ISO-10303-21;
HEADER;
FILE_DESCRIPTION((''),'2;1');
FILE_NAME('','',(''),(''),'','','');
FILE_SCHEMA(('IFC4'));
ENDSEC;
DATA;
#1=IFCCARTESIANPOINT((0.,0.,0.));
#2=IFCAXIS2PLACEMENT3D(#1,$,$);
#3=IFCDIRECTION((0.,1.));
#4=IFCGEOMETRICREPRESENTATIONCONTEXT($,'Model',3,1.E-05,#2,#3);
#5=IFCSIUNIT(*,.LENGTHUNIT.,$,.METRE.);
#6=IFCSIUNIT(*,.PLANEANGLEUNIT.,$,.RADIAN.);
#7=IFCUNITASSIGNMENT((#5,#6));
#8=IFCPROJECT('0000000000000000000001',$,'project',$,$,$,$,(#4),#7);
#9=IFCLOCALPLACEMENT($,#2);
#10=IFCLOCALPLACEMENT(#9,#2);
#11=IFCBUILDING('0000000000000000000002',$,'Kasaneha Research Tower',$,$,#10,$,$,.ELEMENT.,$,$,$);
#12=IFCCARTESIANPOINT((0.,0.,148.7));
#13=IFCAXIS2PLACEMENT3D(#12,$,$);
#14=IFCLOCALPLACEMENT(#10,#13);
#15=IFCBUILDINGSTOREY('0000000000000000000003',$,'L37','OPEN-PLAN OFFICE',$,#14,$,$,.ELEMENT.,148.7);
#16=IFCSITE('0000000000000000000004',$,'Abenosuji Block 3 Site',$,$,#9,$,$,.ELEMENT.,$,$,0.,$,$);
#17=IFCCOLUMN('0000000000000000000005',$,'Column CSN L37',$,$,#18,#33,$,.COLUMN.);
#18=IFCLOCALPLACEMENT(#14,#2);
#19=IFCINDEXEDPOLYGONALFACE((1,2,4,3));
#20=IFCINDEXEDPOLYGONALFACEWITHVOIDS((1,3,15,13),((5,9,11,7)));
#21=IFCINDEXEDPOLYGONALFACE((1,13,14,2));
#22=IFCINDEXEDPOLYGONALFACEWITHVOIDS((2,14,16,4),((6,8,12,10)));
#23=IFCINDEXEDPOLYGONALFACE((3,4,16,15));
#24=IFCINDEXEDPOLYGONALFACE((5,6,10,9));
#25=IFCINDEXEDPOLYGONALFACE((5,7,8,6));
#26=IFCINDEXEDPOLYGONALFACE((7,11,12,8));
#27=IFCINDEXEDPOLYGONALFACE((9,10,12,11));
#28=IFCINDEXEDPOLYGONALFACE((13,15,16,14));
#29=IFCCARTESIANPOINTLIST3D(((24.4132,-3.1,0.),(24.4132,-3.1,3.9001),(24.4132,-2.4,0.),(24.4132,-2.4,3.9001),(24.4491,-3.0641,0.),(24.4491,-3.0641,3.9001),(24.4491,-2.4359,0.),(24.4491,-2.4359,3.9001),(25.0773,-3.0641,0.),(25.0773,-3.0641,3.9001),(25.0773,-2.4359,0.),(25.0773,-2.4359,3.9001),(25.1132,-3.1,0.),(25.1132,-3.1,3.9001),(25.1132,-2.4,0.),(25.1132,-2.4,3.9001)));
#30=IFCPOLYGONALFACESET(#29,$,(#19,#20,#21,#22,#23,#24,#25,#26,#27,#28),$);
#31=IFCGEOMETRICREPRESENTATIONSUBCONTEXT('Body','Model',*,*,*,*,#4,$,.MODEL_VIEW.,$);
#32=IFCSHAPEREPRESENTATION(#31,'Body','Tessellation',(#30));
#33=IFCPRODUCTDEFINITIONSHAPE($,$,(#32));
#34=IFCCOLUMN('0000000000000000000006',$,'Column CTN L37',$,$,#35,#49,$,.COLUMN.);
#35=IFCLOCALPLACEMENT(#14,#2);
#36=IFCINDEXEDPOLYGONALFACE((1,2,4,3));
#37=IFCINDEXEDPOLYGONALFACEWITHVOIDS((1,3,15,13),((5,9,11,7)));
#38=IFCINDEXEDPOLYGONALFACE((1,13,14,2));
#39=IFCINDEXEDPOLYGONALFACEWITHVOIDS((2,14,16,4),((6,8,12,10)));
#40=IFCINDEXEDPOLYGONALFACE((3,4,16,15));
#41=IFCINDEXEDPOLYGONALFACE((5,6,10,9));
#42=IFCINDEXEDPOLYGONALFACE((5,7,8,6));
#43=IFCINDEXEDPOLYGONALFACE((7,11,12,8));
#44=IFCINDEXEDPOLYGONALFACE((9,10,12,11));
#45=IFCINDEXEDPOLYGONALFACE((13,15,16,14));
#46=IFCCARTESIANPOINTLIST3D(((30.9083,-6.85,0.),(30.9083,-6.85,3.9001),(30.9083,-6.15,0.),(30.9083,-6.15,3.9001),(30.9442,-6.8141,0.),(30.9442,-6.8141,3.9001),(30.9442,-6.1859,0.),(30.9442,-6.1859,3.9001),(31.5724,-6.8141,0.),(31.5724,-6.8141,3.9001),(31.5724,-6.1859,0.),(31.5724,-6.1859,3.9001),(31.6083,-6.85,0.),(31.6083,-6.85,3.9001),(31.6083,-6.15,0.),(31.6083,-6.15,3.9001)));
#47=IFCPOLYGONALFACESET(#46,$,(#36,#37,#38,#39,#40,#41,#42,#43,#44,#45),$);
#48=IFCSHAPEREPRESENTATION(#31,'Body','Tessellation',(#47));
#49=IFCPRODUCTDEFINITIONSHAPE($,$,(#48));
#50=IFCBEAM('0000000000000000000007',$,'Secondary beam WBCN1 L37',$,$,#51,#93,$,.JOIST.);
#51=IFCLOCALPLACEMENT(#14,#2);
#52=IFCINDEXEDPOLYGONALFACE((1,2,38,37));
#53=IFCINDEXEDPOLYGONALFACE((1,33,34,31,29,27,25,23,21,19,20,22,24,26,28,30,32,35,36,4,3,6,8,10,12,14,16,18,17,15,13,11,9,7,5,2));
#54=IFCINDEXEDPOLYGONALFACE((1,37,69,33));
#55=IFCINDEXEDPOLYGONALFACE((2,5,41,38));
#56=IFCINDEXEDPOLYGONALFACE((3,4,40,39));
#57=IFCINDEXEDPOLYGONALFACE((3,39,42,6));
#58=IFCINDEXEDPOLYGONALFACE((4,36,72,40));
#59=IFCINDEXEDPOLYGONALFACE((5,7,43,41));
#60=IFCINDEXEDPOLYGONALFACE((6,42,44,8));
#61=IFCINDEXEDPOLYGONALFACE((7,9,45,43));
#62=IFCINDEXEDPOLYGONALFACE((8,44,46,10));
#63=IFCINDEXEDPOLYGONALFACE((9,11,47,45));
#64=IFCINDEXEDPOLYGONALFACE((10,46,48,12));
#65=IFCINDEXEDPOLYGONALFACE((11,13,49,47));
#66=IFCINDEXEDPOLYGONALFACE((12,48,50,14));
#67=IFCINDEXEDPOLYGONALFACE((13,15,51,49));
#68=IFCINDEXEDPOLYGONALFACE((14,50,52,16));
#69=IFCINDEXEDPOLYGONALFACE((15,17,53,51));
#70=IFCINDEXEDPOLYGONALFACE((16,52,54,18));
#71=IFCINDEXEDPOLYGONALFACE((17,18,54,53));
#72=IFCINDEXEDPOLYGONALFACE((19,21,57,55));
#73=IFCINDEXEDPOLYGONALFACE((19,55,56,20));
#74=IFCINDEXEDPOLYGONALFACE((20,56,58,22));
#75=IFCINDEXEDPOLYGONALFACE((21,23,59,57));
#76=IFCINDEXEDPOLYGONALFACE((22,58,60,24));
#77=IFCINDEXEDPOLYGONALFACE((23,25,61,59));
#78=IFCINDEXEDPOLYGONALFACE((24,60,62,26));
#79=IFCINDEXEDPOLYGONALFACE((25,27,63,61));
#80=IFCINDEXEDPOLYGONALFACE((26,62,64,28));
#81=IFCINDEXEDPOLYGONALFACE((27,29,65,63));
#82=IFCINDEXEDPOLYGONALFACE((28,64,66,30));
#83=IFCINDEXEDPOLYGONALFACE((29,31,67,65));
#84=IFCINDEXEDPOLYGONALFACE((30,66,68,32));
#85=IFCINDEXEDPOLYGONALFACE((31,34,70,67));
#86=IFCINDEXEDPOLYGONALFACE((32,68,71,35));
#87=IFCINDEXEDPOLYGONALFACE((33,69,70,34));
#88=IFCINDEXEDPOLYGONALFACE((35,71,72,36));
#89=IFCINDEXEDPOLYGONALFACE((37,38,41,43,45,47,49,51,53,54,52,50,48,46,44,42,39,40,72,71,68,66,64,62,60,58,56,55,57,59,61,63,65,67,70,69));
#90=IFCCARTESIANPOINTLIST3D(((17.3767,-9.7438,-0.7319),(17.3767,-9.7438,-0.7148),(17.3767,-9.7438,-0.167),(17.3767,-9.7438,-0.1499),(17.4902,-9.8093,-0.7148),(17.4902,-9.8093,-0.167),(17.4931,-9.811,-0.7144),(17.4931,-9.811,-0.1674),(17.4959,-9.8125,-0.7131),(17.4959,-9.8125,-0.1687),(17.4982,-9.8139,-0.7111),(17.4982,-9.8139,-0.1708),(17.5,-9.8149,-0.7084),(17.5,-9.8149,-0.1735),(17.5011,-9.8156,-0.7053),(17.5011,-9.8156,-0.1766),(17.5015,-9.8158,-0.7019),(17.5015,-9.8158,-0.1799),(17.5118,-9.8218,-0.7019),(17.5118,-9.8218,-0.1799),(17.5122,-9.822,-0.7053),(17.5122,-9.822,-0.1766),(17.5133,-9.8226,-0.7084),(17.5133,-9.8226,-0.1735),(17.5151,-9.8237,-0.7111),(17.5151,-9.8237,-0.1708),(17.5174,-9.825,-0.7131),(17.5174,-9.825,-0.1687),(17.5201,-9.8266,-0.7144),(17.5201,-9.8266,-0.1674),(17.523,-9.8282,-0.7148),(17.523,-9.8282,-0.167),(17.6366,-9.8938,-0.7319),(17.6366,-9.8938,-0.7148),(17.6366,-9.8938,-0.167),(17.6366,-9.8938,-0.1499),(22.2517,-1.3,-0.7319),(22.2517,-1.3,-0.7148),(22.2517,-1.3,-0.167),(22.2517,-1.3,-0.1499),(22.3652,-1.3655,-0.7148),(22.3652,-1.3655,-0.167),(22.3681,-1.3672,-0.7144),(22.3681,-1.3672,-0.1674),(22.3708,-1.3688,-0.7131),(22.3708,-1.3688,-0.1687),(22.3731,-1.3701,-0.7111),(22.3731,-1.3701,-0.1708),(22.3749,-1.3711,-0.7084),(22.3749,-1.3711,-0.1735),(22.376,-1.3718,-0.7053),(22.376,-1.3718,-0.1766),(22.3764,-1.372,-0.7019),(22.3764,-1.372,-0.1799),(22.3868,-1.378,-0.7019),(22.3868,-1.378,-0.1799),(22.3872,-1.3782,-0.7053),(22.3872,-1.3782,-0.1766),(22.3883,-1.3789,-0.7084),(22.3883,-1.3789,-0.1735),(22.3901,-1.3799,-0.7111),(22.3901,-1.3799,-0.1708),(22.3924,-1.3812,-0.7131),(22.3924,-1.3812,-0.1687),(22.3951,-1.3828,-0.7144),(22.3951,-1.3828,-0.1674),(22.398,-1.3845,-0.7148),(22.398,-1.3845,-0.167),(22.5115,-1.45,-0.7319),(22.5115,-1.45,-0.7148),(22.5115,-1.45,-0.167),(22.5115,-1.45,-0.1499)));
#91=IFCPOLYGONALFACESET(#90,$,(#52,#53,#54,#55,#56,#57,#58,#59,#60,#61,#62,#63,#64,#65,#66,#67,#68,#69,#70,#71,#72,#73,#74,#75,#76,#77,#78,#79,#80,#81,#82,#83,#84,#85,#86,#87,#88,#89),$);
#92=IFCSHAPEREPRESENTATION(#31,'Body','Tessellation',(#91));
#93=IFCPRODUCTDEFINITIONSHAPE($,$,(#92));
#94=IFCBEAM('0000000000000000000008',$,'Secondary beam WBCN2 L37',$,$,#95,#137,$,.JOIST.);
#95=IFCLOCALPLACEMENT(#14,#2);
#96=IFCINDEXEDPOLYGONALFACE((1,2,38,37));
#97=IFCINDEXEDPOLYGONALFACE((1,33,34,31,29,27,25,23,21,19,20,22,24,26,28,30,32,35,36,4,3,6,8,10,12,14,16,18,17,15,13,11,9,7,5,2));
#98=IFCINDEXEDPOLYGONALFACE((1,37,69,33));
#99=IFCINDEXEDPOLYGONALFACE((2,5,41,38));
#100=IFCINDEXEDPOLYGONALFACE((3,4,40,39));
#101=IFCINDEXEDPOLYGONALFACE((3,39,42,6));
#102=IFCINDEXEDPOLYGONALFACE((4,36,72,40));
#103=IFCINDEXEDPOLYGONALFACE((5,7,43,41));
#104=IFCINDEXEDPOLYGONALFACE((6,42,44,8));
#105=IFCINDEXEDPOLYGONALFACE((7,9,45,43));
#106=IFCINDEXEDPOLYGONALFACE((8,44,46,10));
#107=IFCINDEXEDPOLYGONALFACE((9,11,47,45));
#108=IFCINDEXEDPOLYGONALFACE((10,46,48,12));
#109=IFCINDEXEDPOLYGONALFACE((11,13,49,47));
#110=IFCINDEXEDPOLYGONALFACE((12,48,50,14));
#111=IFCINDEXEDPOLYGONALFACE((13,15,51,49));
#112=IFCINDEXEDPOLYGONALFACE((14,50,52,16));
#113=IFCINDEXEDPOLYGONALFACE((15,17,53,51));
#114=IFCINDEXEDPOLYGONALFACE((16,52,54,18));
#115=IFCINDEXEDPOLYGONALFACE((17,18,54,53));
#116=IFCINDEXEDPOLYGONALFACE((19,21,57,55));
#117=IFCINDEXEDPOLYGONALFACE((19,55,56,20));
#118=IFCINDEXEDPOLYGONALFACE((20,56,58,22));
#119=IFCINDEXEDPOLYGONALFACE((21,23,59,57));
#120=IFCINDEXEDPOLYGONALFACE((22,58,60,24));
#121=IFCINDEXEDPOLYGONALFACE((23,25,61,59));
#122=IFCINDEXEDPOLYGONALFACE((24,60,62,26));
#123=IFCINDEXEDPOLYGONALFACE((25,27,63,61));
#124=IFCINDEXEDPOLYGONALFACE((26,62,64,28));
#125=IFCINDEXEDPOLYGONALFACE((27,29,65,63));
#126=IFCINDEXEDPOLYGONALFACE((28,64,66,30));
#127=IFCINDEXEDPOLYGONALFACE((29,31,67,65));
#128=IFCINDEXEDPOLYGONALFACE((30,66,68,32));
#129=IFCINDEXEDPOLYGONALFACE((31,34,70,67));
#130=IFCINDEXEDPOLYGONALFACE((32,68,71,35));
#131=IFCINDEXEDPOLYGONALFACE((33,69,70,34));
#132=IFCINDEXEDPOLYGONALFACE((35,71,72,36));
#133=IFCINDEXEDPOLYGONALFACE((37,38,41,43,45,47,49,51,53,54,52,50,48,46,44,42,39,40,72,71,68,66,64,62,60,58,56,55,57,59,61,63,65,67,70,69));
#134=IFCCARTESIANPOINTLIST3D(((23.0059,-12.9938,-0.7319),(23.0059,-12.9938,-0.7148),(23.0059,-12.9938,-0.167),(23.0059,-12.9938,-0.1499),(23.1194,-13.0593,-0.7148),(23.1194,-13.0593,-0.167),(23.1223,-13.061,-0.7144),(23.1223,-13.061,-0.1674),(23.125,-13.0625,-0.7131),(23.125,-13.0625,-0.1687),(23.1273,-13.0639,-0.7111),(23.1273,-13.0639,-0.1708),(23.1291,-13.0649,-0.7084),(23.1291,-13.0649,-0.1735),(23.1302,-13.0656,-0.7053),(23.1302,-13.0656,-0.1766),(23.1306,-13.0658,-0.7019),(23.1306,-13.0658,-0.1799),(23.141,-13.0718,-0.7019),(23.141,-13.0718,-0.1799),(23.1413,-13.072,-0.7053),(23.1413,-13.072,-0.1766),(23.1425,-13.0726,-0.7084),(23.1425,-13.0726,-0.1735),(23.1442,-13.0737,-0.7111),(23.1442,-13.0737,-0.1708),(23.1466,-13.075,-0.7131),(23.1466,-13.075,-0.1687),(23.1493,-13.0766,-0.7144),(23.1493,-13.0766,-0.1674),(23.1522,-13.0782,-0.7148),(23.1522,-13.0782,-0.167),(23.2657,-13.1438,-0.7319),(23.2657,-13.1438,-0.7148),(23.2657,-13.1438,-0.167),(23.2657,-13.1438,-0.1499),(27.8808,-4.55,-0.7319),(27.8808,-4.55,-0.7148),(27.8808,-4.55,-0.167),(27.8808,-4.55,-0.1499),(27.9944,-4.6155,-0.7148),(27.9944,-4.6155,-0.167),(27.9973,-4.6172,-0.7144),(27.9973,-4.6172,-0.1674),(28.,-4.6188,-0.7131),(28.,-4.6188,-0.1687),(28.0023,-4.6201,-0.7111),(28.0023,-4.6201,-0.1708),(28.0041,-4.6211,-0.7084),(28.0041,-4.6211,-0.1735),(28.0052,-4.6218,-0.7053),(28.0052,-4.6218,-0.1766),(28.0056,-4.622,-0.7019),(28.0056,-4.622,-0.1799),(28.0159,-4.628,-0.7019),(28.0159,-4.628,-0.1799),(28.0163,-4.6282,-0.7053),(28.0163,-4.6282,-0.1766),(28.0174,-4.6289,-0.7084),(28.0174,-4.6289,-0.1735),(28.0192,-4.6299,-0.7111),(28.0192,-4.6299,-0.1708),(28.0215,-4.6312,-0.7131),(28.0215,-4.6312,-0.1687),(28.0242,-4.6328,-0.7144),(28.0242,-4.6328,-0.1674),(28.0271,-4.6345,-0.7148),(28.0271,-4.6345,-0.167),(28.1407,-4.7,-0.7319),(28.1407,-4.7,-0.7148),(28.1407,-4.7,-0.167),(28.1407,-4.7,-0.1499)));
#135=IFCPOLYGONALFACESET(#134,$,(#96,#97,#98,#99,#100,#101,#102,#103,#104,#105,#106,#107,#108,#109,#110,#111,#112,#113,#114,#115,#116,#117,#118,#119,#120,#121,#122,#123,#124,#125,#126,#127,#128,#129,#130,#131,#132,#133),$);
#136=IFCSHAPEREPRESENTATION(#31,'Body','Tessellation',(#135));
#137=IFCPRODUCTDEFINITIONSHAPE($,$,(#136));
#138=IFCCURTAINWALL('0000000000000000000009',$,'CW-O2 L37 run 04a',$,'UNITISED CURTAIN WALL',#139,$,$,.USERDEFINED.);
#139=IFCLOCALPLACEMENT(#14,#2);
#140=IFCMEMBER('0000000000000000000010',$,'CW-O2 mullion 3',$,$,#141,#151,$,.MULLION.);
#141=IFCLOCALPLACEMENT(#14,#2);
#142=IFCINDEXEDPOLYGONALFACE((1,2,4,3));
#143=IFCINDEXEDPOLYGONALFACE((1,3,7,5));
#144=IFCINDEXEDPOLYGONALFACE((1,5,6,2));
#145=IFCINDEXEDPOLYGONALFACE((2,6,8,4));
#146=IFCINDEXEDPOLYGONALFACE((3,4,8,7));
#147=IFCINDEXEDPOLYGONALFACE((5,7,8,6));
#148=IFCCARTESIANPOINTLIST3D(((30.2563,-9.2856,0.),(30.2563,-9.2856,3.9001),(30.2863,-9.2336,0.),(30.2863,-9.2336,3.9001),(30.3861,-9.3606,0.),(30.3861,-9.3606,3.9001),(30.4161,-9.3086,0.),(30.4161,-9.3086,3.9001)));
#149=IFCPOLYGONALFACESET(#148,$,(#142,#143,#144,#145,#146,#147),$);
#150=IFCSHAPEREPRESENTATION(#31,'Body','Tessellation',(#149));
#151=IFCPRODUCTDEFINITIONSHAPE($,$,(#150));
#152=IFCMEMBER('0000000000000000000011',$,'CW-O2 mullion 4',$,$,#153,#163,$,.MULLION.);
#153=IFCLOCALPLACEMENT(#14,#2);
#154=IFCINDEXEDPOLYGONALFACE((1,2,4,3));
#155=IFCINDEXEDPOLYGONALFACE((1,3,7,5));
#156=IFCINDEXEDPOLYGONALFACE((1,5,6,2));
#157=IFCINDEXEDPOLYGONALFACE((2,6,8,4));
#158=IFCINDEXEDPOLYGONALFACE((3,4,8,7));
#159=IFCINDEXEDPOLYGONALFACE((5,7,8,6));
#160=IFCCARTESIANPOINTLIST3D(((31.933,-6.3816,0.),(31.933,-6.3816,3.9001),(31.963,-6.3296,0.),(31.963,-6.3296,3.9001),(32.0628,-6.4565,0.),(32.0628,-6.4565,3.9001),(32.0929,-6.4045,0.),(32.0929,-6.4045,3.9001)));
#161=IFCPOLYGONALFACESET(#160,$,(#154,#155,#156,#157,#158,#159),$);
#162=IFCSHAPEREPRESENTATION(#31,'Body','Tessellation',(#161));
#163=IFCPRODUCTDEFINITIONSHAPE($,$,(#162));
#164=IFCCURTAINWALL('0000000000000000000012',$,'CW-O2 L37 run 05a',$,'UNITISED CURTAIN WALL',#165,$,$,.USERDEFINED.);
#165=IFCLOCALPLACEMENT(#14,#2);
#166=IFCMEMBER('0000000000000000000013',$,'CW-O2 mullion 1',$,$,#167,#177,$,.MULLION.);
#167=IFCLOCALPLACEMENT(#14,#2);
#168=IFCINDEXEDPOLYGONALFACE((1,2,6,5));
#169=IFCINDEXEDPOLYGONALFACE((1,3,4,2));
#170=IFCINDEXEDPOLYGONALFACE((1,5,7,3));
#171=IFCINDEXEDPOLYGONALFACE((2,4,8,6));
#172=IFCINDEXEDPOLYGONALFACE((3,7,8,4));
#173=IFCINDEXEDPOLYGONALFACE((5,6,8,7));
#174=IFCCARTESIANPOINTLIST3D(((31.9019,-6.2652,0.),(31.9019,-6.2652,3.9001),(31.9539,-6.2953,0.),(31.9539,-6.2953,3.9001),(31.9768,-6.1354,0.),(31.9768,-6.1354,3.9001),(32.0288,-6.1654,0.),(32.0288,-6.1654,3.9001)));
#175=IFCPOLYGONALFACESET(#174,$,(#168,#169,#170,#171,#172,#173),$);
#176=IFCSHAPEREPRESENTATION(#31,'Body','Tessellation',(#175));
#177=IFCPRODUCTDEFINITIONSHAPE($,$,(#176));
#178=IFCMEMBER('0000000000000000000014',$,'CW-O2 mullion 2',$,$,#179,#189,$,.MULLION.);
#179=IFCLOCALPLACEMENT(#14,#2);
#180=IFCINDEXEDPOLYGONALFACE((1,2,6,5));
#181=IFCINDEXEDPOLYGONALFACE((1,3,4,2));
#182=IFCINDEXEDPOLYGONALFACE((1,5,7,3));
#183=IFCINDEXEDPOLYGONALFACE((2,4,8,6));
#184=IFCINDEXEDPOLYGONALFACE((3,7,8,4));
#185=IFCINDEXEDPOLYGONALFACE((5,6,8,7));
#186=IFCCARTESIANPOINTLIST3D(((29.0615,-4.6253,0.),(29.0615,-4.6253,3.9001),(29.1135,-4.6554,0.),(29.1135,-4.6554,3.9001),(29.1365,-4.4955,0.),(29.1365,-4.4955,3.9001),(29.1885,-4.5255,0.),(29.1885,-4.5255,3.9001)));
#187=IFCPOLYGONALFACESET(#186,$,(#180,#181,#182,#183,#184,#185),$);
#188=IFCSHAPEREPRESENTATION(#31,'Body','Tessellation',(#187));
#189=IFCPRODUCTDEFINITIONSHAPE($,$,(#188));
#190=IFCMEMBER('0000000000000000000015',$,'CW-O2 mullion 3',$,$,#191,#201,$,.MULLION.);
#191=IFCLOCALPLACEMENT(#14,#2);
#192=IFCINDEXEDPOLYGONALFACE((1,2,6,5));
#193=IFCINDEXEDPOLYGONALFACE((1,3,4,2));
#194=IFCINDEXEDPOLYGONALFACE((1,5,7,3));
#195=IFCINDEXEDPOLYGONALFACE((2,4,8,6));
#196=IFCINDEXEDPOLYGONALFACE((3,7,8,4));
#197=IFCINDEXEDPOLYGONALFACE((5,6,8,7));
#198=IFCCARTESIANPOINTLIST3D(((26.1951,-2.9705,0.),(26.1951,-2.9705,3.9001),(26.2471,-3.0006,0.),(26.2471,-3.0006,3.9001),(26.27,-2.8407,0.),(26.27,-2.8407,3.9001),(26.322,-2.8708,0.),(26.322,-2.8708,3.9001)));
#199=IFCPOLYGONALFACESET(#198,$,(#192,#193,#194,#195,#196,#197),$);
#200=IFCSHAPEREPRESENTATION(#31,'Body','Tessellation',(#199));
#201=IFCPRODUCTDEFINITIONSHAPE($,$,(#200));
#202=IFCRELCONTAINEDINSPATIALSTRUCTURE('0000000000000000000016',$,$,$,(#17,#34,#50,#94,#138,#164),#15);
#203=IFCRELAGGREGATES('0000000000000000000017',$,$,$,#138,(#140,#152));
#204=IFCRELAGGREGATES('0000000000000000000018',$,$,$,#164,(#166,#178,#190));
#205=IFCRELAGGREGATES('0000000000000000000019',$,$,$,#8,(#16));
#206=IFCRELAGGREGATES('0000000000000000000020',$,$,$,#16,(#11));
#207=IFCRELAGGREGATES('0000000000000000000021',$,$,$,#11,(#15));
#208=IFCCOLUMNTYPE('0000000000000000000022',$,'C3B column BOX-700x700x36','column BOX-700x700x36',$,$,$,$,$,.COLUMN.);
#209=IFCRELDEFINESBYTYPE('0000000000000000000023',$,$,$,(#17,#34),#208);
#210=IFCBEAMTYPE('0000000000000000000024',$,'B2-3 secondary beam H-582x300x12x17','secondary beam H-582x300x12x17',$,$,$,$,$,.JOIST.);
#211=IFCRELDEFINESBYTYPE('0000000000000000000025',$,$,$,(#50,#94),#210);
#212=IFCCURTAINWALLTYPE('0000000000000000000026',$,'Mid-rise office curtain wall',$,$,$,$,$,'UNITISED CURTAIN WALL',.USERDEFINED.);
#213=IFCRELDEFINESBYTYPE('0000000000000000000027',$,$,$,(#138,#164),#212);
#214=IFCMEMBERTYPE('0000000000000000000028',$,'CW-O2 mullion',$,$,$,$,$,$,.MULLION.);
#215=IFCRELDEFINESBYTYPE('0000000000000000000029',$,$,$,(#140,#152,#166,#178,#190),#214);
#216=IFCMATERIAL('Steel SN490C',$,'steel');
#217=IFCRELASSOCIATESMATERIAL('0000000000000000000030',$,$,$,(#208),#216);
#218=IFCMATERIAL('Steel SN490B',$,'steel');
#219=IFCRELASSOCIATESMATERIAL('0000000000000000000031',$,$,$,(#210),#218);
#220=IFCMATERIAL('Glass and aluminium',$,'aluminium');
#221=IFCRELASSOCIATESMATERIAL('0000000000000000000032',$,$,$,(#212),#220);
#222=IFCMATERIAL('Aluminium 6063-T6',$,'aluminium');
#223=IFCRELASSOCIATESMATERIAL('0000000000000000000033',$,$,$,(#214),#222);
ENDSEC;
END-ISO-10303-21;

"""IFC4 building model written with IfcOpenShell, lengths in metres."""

from ifc_helpers import new_model, si_unit, direction, frame, origin, origin_2d, place, context, subcontext, project, spatial, rectangle, hollow_rectangle, i_section, extrude, material, material_profile, profile_set, type_object, element, aggregate, save


model = new_model("IFC4")

# Units and contexts
model_context = context("Model", 3, precision=1e-05, world=origin(), true_north=direction((0.0, 1.0)))
body_context = subcontext(model_context, "Body", "Model", "MODEL_VIEW")
ifc_project = project(units=[si_unit("LENGTHUNIT", "METRE"), si_unit("PLANEANGLEUNIT", "RADIAN")], contexts=[model_context])

# Site, building, storey
site_placement = place(None, origin())
site = spatial("IfcSite", under=ifc_project, at=site_placement, Name="Abenosuji Block 3 Site", CompositionType="ELEMENT", RefElevation=0.0)
building_placement = place(site_placement, origin())
building = spatial("IfcBuilding", under=site, at=building_placement, Name="Kasaneha Research Tower", CompositionType="ELEMENT")
storey_placement = place(building_placement, frame((0.0, 0.0, 148.7)))
storey = spatial("IfcBuildingStorey", under=building, at=storey_placement, Name="L37", Description="OPEN-PLAN OFFICE", CompositionType="ELEMENT", Elevation=148.7)

# Columns
ifc_material_1 = material(Name="Steel SN490C", Category="steel")
ifc_material_profile_1 = material_profile(ifc_material_1, hollow_rectangle(XDim=0.7, YDim=0.7, WallThickness=0.0359, at=origin_2d()), Name="BOX-700x700x36")
ifc_profile_set_1 = profile_set([ifc_material_profile_1], Name="Steel SN490C")
column_type = type_object("IfcColumnType", Name="C3B column BOX-700x700x36", Description="column BOX-700x700x36", PredefinedType="COLUMN", material=ifc_profile_set_1)
for number, where, z_axis, x_axis, name in (
    (1, (24.7632, -2.75, 0.0), (0.0, 0.0, 1.0), (1.0, 0.0, 0.0), "Column CSN L37"),
    (2, (31.2583, -6.5, 0.0), (0.0, 0.0, 1.0), (1.0, 0.0, 0.0), "Column CTN L37"),
):
    element("IfcColumn", number, at=place(storey_placement, frame(where, z_axis=z_axis, x_axis=x_axis)), inside=storey, type_object=column_type, Name=name, PredefinedType="COLUMN", context=body_context, shape_type="SweptSolid", body=[
        extrude(hollow_rectangle(XDim=0.7, YDim=0.7, WallThickness=0.0359, at=origin_2d()), origin(), (0.0, 0.0, 1.0), 3.9001),
    ])

# Beams
ifc_material_2 = material(Name="Steel SN490B", Category="steel")
ifc_material_profile_2 = material_profile(ifc_material_2, i_section(OverallWidth=0.3, OverallDepth=0.582, WebThickness=0.012, FlangeThickness=0.0171, FilletRadius=0.0129, at=origin_2d()), Name="H-582x300x12x17")
ifc_profile_set_2 = profile_set([ifc_material_profile_2], Name="Steel SN490B")
beam_type_1 = type_object("IfcBeamType", Name="B2-3 secondary beam H-582x300x12x17", Description="secondary beam H-582x300x12x17", PredefinedType="JOIST", material=ifc_profile_set_2)
for number, where, z_axis, x_axis, name in (
    (3, (22.3816, -1.375, -0.4409), (-0.499996, -0.866028, 0.0), (0.866028, -0.499996, 0.0), "Secondary beam WBCN1 L37"),
    (4, (28.0107, -4.625, -0.4409), (-0.499996, -0.866028, 0.0), (0.866028, -0.499996, 0.0), "Secondary beam WBCN2 L37"),
):
    element("IfcBeam", number, at=place(storey_placement, frame(where, z_axis=z_axis, x_axis=x_axis)), inside=storey, type_object=beam_type_1, Name=name, PredefinedType="JOIST", context=body_context, shape_type="SweptSolid", body=[
        extrude(i_section(OverallWidth=0.3, OverallDepth=0.582, WebThickness=0.012, FlangeThickness=0.0171, FilletRadius=0.0129, at=origin_2d()), origin(), (0.0, 0.0, 1.0), 9.75),
    ])

# Curtain walls, members
ifc_material_3 = material(Name="Glass and aluminium", Category="aluminium")
curtain_wall_type = type_object("IfcCurtainWallType", Name="Mid-rise office curtain wall", ElementType="UNITISED CURTAIN WALL", PredefinedType="USERDEFINED", material=ifc_material_3)
curtain_wall_1_placement = place(storey_placement, origin())
curtain_wall_1 = element("IfcCurtainWall", 5, at=curtain_wall_1_placement, inside=storey, type_object=curtain_wall_type, Name="CW-O2 L37 run 04a", ObjectType="UNITISED CURTAIN WALL", PredefinedType="USERDEFINED")
ifc_material_4 = material(Name="Aluminium 6063-T6", Category="aluminium")
ifc_material_profile_3 = material_profile(ifc_material_4, rectangle(XDim=0.0601, YDim=0.1499, at=origin_2d()), Name="CW-O2 mullion 60x150")
ifc_profile_set_3 = profile_set([ifc_material_profile_3], Name="Aluminium 6063-T6")
member_type_1 = type_object("IfcMemberType", Name="CW-O2 mullion", PredefinedType="MULLION", material=ifc_profile_set_3)
member_1_placement = place(storey_placement, frame((30.3362, -9.2971, 0.0), z_axis=(0.0, 0.0, 1.0), x_axis=(0.5, 0.866025, 0.0)))
member_1 = element("IfcMember", 6, at=member_1_placement, type_object=member_type_1, Name="CW-O2 mullion 3", PredefinedType="MULLION", context=body_context, shape_type="SweptSolid", body=[
    extrude(rectangle(XDim=0.0601, YDim=0.1499, at=origin_2d()), origin(), (0.0, 0.0, 1.0), 3.9001),
])
member_2_placement = place(storey_placement, frame((32.0129, -6.3931, 0.0), z_axis=(0.0, 0.0, 1.0), x_axis=(0.5, 0.866025, 0.0)))
member_2 = element("IfcMember", 7, at=member_2_placement, type_object=member_type_1, Name="CW-O2 mullion 4", PredefinedType="MULLION", context=body_context, shape_type="SweptSolid", body=[
    extrude(rectangle(XDim=0.0601, YDim=0.1499, at=origin_2d()), origin(), (0.0, 0.0, 1.0), 3.9001),
])
curtain_wall_2_placement = place(storey_placement, origin())
curtain_wall_2 = element("IfcCurtainWall", 8, at=curtain_wall_2_placement, inside=storey, type_object=curtain_wall_type, Name="CW-O2 L37 run 05a", ObjectType="UNITISED CURTAIN WALL", PredefinedType="USERDEFINED")
member_3_placement = place(storey_placement, frame((31.9653, -6.2153, 0.0), z_axis=(0.0, 0.0, 1.0), x_axis=(-0.866025, 0.5, 0.0)))
member_3 = element("IfcMember", 9, at=member_3_placement, type_object=member_type_1, Name="CW-O2 mullion 1", PredefinedType="MULLION", context=body_context, shape_type="SweptSolid", body=[
    extrude(rectangle(XDim=0.0601, YDim=0.1499, at=origin_2d()), origin(), (0.0, 0.0, 1.0), 3.9001),
])
member_4_placement = place(storey_placement, frame((29.125, -4.5754, 0.0), z_axis=(0.0, 0.0, 1.0), x_axis=(-0.866025, 0.5, 0.0)))
member_4 = element("IfcMember", 10, at=member_4_placement, type_object=member_type_1, Name="CW-O2 mullion 2", PredefinedType="MULLION", context=body_context, shape_type="SweptSolid", body=[
    extrude(rectangle(XDim=0.0601, YDim=0.1499, at=origin_2d()), origin(), (0.0, 0.0, 1.0), 3.9001),
])
member_5_placement = place(storey_placement, frame((26.2585, -2.9207, 0.0), z_axis=(0.0, 0.0, 1.0), x_axis=(-0.866025, 0.5, 0.0)))
member_5 = element("IfcMember", 11, at=member_5_placement, type_object=member_type_1, Name="CW-O2 mullion 3", PredefinedType="MULLION", context=body_context, shape_type="SweptSolid", body=[
    extrude(rectangle(XDim=0.0601, YDim=0.1499, at=origin_2d()), origin(), (0.0, 0.0, 1.0), 3.9001),
])

aggregate(curtain_wall_1, [member_1, member_2])
aggregate(curtain_wall_2, [member_3, member_4, member_5])

save(model, "model.ifc")
